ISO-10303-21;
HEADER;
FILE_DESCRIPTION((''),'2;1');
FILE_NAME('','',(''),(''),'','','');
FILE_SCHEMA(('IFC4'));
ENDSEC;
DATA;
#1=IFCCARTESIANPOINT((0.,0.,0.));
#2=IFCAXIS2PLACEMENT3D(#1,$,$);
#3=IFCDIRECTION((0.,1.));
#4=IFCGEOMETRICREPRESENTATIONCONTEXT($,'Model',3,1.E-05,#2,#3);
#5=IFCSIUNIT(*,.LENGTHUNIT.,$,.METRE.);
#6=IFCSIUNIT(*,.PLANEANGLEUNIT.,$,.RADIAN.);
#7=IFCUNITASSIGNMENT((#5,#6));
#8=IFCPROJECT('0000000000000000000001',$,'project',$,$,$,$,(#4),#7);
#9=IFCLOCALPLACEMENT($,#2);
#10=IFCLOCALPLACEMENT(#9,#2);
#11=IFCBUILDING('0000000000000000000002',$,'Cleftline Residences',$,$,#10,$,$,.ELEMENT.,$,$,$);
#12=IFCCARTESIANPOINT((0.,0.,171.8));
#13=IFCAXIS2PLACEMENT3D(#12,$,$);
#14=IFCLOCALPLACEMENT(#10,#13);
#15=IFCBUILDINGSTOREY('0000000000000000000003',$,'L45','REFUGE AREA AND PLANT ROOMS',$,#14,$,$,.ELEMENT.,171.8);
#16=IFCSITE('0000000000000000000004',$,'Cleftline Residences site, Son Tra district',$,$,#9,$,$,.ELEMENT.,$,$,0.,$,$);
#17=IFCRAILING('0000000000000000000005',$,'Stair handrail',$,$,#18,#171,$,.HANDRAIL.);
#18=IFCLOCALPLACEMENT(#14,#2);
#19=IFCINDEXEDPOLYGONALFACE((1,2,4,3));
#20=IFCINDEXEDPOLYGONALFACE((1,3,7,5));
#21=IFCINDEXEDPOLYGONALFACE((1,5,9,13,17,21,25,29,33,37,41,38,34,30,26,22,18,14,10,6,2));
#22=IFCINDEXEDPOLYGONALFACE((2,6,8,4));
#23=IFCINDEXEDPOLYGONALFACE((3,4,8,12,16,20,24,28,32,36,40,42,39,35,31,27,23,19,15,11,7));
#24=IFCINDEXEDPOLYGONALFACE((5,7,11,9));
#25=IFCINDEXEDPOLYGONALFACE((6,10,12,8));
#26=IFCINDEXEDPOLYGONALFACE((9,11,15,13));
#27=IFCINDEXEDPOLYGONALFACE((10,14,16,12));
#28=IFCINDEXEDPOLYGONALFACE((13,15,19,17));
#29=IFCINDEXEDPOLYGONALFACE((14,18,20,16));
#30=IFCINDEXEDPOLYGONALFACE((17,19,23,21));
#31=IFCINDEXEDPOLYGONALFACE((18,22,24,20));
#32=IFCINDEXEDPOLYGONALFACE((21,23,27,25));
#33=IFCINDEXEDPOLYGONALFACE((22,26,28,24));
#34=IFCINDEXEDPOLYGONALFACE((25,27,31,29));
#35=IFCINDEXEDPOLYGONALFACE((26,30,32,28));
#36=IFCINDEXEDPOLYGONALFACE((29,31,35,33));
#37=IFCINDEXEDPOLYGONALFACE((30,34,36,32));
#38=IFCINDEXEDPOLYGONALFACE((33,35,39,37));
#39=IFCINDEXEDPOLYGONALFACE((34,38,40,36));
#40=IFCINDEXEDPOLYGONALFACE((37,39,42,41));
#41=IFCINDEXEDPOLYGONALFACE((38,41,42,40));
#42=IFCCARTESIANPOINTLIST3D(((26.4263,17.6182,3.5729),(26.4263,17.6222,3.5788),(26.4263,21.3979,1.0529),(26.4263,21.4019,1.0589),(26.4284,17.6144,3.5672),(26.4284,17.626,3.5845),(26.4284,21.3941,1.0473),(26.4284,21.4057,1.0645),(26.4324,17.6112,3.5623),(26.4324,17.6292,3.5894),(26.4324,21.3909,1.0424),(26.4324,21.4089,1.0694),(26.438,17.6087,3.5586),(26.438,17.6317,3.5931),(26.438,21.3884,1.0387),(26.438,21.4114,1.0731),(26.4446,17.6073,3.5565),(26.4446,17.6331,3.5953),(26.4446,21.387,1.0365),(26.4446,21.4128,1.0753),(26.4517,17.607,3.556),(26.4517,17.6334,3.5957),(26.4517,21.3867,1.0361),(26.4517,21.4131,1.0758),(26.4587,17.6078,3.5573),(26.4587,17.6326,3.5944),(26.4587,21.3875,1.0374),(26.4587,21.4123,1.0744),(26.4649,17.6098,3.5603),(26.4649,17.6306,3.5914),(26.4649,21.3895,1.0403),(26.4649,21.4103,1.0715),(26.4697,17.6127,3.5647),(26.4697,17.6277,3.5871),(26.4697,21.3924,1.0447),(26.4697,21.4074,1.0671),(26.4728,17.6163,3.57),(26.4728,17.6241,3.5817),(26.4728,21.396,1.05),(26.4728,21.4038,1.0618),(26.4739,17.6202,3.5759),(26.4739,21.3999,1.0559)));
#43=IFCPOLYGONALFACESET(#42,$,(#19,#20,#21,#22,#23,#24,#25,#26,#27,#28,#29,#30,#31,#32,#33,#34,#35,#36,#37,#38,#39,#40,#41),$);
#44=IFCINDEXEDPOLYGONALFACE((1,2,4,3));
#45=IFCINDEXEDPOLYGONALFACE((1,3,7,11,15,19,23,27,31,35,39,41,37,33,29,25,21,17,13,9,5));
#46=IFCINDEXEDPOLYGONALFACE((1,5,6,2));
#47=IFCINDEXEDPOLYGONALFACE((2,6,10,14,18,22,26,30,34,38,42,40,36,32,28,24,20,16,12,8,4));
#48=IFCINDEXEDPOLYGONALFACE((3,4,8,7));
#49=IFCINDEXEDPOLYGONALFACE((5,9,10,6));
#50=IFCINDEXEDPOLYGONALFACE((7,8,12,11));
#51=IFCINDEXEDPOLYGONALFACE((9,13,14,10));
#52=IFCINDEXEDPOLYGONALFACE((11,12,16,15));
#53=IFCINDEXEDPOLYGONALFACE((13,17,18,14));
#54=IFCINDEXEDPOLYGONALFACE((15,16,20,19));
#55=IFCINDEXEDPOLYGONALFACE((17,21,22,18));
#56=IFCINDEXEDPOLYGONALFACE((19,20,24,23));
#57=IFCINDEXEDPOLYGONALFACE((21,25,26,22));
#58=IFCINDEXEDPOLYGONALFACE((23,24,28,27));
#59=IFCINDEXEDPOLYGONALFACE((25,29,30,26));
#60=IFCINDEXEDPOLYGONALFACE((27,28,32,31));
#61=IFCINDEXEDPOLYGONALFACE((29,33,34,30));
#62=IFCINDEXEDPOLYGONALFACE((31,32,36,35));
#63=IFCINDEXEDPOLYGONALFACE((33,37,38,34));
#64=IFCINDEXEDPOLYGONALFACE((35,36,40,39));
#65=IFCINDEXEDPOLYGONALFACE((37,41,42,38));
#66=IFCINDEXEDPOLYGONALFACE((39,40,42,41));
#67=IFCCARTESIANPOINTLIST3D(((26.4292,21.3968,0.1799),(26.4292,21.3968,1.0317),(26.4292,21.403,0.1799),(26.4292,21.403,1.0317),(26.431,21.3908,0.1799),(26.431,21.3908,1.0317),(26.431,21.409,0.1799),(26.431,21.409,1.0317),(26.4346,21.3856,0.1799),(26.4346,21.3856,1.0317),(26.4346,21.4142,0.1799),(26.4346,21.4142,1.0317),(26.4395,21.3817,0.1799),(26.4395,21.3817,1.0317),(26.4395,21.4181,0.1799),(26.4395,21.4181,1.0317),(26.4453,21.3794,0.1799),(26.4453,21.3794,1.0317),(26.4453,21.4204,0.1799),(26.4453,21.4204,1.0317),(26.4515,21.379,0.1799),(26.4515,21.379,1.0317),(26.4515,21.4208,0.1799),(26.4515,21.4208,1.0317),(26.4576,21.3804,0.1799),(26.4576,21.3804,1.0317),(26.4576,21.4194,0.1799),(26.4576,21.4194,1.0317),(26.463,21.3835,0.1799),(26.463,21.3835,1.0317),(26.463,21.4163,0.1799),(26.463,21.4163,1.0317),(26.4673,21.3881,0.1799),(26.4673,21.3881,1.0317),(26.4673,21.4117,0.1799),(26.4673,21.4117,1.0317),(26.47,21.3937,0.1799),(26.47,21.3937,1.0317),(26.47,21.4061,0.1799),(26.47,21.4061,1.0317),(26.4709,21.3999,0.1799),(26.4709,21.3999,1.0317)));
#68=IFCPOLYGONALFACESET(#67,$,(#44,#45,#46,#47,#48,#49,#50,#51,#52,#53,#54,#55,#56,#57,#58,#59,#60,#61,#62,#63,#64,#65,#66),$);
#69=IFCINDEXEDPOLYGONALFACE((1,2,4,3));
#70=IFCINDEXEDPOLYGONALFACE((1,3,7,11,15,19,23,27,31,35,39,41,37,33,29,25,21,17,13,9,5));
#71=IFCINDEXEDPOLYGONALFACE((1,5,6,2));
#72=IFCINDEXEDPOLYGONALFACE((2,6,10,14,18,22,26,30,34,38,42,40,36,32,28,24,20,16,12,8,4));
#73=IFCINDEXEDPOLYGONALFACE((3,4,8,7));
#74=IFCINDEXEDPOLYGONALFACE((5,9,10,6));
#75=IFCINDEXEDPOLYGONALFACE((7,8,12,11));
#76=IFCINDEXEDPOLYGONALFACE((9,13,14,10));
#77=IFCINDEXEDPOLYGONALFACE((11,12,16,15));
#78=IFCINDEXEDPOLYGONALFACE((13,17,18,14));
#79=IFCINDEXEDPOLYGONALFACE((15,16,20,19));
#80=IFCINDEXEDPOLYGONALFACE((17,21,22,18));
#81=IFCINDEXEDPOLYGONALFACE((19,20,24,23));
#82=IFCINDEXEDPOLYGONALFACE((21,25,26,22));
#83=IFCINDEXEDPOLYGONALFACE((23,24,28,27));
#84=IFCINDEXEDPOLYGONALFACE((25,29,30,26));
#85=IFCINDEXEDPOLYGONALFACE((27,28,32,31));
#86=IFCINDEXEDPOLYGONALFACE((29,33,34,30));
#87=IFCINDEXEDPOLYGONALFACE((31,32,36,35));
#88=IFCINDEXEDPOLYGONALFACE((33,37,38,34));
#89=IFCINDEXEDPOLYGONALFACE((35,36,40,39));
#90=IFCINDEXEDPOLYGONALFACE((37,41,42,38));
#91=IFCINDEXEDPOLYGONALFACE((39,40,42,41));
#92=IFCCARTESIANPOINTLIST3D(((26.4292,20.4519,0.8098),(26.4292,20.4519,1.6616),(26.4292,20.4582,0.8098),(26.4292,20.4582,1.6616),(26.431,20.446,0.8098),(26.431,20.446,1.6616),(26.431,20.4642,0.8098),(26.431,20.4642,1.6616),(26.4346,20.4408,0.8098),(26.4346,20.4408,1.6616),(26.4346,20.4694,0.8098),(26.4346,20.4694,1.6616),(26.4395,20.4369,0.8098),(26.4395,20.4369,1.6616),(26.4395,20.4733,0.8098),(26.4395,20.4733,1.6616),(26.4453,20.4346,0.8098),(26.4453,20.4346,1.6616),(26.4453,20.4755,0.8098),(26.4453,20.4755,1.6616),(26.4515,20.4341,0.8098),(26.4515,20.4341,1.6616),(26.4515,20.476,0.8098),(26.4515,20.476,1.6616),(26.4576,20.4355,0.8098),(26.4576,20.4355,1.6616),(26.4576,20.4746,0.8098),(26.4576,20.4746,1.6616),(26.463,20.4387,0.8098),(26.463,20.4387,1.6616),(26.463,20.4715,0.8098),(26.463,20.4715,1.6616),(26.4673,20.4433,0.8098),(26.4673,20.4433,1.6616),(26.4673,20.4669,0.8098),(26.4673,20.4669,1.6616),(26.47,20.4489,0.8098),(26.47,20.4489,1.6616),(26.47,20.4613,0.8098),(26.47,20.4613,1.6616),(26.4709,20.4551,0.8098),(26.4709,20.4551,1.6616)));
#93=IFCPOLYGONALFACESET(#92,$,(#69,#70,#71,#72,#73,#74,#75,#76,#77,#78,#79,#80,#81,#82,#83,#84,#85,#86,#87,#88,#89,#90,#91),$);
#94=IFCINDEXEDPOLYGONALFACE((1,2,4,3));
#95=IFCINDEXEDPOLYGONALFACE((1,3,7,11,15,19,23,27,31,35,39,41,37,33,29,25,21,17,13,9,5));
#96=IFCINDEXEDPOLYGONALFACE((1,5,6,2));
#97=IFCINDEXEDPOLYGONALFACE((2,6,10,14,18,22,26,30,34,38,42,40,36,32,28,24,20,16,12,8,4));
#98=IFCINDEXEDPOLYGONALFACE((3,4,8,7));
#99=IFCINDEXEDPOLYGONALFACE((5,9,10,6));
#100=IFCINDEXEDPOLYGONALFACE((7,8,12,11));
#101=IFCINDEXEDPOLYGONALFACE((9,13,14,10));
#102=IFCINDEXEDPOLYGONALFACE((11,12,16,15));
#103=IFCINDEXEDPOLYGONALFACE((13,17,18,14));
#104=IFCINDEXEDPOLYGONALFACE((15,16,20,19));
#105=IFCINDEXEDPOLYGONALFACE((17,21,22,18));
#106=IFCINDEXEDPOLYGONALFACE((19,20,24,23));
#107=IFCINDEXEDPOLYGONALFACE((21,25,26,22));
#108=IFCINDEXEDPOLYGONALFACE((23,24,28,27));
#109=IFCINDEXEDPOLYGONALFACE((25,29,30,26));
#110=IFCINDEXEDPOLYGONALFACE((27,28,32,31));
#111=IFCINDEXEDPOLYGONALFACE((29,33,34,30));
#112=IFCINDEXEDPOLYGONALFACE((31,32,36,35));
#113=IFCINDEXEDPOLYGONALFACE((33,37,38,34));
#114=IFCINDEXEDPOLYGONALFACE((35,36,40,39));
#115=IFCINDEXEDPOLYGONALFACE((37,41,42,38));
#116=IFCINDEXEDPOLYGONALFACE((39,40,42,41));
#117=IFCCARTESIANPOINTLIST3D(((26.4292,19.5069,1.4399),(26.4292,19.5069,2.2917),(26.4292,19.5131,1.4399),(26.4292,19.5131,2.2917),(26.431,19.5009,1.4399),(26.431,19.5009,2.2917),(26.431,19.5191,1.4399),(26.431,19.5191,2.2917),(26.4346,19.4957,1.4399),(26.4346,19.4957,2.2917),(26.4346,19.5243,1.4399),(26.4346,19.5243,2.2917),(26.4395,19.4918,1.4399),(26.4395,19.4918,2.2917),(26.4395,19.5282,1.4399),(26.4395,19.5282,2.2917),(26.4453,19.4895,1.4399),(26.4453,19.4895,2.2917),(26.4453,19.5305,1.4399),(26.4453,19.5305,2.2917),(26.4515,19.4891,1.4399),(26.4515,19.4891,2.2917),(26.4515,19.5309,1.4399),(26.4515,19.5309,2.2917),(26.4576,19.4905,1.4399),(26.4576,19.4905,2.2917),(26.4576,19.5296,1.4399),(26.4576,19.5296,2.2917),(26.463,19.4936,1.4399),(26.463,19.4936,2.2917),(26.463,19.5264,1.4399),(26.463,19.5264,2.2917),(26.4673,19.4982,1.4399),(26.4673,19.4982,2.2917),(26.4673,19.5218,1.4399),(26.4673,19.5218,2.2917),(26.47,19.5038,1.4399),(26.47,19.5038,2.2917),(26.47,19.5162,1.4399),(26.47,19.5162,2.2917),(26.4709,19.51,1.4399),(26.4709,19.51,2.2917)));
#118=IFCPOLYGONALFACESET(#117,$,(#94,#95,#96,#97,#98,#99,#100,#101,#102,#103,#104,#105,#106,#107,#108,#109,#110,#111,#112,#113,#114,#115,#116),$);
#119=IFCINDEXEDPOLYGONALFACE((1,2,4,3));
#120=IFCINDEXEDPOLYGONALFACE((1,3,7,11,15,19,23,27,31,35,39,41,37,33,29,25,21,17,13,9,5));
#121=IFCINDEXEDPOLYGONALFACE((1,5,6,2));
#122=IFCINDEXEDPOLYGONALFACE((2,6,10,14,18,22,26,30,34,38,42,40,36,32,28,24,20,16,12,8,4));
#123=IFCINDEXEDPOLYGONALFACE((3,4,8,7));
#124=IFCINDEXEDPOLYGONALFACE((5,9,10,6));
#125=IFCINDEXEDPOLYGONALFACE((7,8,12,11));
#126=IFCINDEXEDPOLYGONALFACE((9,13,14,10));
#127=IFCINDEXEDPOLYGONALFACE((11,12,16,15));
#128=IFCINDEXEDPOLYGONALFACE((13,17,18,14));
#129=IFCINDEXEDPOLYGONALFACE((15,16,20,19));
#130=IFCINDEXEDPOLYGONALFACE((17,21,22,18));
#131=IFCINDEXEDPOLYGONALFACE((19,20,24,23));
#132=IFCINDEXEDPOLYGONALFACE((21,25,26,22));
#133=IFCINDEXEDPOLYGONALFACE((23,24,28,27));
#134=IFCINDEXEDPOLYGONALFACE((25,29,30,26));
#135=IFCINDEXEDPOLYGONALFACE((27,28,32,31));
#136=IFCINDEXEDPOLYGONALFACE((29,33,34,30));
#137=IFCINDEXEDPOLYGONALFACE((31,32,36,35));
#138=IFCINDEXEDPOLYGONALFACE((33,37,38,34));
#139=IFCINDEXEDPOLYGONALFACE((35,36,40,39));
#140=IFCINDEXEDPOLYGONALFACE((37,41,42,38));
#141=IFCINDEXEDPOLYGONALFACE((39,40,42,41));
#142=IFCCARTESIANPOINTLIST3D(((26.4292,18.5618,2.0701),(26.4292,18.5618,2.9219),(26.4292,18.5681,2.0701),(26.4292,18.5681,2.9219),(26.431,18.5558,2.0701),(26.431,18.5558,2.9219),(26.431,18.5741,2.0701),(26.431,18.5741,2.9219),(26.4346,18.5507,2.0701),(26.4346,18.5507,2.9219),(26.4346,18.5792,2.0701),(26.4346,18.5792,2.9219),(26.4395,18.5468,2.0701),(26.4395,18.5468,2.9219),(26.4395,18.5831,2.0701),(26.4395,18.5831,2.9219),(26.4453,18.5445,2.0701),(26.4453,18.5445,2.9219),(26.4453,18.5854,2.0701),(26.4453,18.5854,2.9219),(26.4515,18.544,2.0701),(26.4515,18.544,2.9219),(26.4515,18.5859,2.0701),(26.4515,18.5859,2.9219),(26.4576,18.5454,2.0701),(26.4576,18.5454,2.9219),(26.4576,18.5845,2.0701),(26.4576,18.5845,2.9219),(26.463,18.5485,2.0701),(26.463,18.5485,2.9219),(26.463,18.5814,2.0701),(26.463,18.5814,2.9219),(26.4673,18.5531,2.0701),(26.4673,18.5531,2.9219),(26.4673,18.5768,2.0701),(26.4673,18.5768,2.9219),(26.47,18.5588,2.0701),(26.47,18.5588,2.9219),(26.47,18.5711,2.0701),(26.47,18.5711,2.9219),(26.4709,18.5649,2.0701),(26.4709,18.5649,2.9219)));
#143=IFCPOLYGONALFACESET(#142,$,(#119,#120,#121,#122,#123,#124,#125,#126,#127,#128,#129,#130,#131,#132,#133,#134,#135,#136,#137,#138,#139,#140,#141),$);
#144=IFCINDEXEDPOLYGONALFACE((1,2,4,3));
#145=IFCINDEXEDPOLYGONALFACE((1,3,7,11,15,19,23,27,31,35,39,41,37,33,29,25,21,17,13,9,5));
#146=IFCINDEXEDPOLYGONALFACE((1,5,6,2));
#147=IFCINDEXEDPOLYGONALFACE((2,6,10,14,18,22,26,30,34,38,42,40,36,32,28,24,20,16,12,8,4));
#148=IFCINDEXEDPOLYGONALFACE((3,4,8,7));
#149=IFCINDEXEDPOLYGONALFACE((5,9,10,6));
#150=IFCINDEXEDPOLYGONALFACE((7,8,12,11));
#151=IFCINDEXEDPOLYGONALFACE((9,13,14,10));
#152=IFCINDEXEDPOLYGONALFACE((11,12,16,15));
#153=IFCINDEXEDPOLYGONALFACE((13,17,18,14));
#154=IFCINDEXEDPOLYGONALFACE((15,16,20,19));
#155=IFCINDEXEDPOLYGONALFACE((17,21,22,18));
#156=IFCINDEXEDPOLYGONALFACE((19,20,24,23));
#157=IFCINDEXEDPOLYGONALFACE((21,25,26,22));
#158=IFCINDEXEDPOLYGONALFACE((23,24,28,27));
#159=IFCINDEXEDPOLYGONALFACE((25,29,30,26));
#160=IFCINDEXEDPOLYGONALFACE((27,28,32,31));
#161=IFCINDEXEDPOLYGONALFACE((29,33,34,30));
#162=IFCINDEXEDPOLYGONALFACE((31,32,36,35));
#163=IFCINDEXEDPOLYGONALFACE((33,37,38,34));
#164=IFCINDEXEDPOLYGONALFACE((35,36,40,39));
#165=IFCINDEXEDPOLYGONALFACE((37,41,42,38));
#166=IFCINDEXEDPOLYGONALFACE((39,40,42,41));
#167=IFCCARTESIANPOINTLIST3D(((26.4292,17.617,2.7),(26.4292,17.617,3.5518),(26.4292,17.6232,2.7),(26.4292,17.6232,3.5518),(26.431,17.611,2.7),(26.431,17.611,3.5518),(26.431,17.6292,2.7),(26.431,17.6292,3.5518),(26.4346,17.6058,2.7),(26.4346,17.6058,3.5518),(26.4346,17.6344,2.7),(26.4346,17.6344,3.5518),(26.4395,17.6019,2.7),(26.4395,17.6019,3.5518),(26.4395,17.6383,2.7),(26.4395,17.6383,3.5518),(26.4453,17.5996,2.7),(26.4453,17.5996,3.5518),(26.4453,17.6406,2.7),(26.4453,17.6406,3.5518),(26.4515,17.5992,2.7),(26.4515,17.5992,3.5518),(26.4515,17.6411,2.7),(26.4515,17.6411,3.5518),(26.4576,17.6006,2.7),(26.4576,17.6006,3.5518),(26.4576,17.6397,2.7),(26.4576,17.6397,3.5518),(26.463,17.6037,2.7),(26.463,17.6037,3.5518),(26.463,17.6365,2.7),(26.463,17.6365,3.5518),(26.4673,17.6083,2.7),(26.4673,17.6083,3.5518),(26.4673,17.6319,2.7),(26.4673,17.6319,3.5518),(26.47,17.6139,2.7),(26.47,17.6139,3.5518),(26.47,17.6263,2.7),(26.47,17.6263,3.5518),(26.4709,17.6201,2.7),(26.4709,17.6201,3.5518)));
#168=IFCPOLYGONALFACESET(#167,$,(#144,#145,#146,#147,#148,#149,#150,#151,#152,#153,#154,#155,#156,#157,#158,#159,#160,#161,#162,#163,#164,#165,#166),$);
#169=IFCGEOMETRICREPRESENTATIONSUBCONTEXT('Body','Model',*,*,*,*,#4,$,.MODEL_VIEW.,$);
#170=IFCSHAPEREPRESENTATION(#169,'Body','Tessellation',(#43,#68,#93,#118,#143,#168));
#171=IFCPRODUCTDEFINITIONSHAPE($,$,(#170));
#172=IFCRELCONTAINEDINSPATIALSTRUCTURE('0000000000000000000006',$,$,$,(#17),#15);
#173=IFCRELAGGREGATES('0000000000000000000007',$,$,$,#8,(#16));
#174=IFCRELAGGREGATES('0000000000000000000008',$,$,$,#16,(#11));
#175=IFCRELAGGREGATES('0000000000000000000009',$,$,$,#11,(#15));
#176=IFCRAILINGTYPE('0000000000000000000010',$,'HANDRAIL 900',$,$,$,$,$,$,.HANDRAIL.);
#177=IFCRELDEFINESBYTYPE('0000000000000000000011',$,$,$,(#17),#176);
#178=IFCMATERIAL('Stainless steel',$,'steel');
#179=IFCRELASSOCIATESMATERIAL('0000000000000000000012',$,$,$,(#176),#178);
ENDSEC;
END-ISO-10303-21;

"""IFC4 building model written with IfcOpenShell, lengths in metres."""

from ifc_helpers import new_model, si_unit, direction, frame, origin, origin_2d, place, context, subcontext, project, spatial, circle, extrude, material, type_object, element, save


model = new_model("IFC4")

# Units and contexts
model_context = context("Model", 3, precision=1e-05, world=origin(), true_north=direction((0.0, 1.0)))
body_context = subcontext(model_context, "Body", "Model", "MODEL_VIEW")
ifc_project = project(units=[si_unit("LENGTHUNIT", "METRE"), si_unit("PLANEANGLEUNIT", "RADIAN")], contexts=[model_context])

# Site, building, storey
site_placement = place(None, origin())
site = spatial("IfcSite", under=ifc_project, at=site_placement, Name="Cleftline Residences site, Son Tra district", CompositionType="ELEMENT", RefElevation=0.0)
building_placement = place(site_placement, origin())
building = spatial("IfcBuilding", under=site, at=building_placement, Name="Cleftline Residences", CompositionType="ELEMENT")
storey_placement = place(building_placement, frame((0.0, 0.0, 171.8)))
storey = spatial("IfcBuildingStorey", under=building, at=storey_placement, Name="L45", Description="REFUGE AREA AND PLANT ROOMS", CompositionType="ELEMENT", Elevation=171.8)

# Railing
ifc_material_1 = material(Name="Stainless steel", Category="steel")
railing_type = type_object("IfcRailingType", Name="HANDRAIL 900", PredefinedType="HANDRAIL", material=ifc_material_1)
railing_1_placement = place(storey_placement, frame((26.45, 21.3999, 0.1799)))
element("IfcRailing", 1, at=railing_1_placement, inside=storey, type_object=railing_type, Name="Stair handrail", PredefinedType="HANDRAIL", context=body_context, shape_type="SweptSolid", body=[
    extrude(circle(Radius=0.0239, at=origin_2d()), frame((0.0, 0.0, 0.876), z_axis=(0.0, -0.832034, 0.554725), x_axis=(1.0, 0.0, 0.0)), (0.0, 0.0, 1.0), 4.5427),
    extrude(circle(Radius=0.021, at=origin_2d()), origin(), (0.0, 0.0, 1.0), 0.8518),
    extrude(circle(Radius=0.021, at=origin_2d()), frame((0.0, -0.9448, 0.6299)), (0.0, 0.0, 1.0), 0.8518),
    extrude(circle(Radius=0.021, at=origin_2d()), frame((0.0, -1.8899, 1.26)), (0.0, 0.0, 1.0), 0.8518),
    extrude(circle(Radius=0.021, at=origin_2d()), frame((0.0, -2.835, 1.8901)), (0.0, 0.0, 1.0), 0.8518),
    extrude(circle(Radius=0.021, at=origin_2d()), frame((0.0, -3.7798, 2.52)), (0.0, 0.0, 1.0), 0.8518),
])

save(model, "model.ifc")
